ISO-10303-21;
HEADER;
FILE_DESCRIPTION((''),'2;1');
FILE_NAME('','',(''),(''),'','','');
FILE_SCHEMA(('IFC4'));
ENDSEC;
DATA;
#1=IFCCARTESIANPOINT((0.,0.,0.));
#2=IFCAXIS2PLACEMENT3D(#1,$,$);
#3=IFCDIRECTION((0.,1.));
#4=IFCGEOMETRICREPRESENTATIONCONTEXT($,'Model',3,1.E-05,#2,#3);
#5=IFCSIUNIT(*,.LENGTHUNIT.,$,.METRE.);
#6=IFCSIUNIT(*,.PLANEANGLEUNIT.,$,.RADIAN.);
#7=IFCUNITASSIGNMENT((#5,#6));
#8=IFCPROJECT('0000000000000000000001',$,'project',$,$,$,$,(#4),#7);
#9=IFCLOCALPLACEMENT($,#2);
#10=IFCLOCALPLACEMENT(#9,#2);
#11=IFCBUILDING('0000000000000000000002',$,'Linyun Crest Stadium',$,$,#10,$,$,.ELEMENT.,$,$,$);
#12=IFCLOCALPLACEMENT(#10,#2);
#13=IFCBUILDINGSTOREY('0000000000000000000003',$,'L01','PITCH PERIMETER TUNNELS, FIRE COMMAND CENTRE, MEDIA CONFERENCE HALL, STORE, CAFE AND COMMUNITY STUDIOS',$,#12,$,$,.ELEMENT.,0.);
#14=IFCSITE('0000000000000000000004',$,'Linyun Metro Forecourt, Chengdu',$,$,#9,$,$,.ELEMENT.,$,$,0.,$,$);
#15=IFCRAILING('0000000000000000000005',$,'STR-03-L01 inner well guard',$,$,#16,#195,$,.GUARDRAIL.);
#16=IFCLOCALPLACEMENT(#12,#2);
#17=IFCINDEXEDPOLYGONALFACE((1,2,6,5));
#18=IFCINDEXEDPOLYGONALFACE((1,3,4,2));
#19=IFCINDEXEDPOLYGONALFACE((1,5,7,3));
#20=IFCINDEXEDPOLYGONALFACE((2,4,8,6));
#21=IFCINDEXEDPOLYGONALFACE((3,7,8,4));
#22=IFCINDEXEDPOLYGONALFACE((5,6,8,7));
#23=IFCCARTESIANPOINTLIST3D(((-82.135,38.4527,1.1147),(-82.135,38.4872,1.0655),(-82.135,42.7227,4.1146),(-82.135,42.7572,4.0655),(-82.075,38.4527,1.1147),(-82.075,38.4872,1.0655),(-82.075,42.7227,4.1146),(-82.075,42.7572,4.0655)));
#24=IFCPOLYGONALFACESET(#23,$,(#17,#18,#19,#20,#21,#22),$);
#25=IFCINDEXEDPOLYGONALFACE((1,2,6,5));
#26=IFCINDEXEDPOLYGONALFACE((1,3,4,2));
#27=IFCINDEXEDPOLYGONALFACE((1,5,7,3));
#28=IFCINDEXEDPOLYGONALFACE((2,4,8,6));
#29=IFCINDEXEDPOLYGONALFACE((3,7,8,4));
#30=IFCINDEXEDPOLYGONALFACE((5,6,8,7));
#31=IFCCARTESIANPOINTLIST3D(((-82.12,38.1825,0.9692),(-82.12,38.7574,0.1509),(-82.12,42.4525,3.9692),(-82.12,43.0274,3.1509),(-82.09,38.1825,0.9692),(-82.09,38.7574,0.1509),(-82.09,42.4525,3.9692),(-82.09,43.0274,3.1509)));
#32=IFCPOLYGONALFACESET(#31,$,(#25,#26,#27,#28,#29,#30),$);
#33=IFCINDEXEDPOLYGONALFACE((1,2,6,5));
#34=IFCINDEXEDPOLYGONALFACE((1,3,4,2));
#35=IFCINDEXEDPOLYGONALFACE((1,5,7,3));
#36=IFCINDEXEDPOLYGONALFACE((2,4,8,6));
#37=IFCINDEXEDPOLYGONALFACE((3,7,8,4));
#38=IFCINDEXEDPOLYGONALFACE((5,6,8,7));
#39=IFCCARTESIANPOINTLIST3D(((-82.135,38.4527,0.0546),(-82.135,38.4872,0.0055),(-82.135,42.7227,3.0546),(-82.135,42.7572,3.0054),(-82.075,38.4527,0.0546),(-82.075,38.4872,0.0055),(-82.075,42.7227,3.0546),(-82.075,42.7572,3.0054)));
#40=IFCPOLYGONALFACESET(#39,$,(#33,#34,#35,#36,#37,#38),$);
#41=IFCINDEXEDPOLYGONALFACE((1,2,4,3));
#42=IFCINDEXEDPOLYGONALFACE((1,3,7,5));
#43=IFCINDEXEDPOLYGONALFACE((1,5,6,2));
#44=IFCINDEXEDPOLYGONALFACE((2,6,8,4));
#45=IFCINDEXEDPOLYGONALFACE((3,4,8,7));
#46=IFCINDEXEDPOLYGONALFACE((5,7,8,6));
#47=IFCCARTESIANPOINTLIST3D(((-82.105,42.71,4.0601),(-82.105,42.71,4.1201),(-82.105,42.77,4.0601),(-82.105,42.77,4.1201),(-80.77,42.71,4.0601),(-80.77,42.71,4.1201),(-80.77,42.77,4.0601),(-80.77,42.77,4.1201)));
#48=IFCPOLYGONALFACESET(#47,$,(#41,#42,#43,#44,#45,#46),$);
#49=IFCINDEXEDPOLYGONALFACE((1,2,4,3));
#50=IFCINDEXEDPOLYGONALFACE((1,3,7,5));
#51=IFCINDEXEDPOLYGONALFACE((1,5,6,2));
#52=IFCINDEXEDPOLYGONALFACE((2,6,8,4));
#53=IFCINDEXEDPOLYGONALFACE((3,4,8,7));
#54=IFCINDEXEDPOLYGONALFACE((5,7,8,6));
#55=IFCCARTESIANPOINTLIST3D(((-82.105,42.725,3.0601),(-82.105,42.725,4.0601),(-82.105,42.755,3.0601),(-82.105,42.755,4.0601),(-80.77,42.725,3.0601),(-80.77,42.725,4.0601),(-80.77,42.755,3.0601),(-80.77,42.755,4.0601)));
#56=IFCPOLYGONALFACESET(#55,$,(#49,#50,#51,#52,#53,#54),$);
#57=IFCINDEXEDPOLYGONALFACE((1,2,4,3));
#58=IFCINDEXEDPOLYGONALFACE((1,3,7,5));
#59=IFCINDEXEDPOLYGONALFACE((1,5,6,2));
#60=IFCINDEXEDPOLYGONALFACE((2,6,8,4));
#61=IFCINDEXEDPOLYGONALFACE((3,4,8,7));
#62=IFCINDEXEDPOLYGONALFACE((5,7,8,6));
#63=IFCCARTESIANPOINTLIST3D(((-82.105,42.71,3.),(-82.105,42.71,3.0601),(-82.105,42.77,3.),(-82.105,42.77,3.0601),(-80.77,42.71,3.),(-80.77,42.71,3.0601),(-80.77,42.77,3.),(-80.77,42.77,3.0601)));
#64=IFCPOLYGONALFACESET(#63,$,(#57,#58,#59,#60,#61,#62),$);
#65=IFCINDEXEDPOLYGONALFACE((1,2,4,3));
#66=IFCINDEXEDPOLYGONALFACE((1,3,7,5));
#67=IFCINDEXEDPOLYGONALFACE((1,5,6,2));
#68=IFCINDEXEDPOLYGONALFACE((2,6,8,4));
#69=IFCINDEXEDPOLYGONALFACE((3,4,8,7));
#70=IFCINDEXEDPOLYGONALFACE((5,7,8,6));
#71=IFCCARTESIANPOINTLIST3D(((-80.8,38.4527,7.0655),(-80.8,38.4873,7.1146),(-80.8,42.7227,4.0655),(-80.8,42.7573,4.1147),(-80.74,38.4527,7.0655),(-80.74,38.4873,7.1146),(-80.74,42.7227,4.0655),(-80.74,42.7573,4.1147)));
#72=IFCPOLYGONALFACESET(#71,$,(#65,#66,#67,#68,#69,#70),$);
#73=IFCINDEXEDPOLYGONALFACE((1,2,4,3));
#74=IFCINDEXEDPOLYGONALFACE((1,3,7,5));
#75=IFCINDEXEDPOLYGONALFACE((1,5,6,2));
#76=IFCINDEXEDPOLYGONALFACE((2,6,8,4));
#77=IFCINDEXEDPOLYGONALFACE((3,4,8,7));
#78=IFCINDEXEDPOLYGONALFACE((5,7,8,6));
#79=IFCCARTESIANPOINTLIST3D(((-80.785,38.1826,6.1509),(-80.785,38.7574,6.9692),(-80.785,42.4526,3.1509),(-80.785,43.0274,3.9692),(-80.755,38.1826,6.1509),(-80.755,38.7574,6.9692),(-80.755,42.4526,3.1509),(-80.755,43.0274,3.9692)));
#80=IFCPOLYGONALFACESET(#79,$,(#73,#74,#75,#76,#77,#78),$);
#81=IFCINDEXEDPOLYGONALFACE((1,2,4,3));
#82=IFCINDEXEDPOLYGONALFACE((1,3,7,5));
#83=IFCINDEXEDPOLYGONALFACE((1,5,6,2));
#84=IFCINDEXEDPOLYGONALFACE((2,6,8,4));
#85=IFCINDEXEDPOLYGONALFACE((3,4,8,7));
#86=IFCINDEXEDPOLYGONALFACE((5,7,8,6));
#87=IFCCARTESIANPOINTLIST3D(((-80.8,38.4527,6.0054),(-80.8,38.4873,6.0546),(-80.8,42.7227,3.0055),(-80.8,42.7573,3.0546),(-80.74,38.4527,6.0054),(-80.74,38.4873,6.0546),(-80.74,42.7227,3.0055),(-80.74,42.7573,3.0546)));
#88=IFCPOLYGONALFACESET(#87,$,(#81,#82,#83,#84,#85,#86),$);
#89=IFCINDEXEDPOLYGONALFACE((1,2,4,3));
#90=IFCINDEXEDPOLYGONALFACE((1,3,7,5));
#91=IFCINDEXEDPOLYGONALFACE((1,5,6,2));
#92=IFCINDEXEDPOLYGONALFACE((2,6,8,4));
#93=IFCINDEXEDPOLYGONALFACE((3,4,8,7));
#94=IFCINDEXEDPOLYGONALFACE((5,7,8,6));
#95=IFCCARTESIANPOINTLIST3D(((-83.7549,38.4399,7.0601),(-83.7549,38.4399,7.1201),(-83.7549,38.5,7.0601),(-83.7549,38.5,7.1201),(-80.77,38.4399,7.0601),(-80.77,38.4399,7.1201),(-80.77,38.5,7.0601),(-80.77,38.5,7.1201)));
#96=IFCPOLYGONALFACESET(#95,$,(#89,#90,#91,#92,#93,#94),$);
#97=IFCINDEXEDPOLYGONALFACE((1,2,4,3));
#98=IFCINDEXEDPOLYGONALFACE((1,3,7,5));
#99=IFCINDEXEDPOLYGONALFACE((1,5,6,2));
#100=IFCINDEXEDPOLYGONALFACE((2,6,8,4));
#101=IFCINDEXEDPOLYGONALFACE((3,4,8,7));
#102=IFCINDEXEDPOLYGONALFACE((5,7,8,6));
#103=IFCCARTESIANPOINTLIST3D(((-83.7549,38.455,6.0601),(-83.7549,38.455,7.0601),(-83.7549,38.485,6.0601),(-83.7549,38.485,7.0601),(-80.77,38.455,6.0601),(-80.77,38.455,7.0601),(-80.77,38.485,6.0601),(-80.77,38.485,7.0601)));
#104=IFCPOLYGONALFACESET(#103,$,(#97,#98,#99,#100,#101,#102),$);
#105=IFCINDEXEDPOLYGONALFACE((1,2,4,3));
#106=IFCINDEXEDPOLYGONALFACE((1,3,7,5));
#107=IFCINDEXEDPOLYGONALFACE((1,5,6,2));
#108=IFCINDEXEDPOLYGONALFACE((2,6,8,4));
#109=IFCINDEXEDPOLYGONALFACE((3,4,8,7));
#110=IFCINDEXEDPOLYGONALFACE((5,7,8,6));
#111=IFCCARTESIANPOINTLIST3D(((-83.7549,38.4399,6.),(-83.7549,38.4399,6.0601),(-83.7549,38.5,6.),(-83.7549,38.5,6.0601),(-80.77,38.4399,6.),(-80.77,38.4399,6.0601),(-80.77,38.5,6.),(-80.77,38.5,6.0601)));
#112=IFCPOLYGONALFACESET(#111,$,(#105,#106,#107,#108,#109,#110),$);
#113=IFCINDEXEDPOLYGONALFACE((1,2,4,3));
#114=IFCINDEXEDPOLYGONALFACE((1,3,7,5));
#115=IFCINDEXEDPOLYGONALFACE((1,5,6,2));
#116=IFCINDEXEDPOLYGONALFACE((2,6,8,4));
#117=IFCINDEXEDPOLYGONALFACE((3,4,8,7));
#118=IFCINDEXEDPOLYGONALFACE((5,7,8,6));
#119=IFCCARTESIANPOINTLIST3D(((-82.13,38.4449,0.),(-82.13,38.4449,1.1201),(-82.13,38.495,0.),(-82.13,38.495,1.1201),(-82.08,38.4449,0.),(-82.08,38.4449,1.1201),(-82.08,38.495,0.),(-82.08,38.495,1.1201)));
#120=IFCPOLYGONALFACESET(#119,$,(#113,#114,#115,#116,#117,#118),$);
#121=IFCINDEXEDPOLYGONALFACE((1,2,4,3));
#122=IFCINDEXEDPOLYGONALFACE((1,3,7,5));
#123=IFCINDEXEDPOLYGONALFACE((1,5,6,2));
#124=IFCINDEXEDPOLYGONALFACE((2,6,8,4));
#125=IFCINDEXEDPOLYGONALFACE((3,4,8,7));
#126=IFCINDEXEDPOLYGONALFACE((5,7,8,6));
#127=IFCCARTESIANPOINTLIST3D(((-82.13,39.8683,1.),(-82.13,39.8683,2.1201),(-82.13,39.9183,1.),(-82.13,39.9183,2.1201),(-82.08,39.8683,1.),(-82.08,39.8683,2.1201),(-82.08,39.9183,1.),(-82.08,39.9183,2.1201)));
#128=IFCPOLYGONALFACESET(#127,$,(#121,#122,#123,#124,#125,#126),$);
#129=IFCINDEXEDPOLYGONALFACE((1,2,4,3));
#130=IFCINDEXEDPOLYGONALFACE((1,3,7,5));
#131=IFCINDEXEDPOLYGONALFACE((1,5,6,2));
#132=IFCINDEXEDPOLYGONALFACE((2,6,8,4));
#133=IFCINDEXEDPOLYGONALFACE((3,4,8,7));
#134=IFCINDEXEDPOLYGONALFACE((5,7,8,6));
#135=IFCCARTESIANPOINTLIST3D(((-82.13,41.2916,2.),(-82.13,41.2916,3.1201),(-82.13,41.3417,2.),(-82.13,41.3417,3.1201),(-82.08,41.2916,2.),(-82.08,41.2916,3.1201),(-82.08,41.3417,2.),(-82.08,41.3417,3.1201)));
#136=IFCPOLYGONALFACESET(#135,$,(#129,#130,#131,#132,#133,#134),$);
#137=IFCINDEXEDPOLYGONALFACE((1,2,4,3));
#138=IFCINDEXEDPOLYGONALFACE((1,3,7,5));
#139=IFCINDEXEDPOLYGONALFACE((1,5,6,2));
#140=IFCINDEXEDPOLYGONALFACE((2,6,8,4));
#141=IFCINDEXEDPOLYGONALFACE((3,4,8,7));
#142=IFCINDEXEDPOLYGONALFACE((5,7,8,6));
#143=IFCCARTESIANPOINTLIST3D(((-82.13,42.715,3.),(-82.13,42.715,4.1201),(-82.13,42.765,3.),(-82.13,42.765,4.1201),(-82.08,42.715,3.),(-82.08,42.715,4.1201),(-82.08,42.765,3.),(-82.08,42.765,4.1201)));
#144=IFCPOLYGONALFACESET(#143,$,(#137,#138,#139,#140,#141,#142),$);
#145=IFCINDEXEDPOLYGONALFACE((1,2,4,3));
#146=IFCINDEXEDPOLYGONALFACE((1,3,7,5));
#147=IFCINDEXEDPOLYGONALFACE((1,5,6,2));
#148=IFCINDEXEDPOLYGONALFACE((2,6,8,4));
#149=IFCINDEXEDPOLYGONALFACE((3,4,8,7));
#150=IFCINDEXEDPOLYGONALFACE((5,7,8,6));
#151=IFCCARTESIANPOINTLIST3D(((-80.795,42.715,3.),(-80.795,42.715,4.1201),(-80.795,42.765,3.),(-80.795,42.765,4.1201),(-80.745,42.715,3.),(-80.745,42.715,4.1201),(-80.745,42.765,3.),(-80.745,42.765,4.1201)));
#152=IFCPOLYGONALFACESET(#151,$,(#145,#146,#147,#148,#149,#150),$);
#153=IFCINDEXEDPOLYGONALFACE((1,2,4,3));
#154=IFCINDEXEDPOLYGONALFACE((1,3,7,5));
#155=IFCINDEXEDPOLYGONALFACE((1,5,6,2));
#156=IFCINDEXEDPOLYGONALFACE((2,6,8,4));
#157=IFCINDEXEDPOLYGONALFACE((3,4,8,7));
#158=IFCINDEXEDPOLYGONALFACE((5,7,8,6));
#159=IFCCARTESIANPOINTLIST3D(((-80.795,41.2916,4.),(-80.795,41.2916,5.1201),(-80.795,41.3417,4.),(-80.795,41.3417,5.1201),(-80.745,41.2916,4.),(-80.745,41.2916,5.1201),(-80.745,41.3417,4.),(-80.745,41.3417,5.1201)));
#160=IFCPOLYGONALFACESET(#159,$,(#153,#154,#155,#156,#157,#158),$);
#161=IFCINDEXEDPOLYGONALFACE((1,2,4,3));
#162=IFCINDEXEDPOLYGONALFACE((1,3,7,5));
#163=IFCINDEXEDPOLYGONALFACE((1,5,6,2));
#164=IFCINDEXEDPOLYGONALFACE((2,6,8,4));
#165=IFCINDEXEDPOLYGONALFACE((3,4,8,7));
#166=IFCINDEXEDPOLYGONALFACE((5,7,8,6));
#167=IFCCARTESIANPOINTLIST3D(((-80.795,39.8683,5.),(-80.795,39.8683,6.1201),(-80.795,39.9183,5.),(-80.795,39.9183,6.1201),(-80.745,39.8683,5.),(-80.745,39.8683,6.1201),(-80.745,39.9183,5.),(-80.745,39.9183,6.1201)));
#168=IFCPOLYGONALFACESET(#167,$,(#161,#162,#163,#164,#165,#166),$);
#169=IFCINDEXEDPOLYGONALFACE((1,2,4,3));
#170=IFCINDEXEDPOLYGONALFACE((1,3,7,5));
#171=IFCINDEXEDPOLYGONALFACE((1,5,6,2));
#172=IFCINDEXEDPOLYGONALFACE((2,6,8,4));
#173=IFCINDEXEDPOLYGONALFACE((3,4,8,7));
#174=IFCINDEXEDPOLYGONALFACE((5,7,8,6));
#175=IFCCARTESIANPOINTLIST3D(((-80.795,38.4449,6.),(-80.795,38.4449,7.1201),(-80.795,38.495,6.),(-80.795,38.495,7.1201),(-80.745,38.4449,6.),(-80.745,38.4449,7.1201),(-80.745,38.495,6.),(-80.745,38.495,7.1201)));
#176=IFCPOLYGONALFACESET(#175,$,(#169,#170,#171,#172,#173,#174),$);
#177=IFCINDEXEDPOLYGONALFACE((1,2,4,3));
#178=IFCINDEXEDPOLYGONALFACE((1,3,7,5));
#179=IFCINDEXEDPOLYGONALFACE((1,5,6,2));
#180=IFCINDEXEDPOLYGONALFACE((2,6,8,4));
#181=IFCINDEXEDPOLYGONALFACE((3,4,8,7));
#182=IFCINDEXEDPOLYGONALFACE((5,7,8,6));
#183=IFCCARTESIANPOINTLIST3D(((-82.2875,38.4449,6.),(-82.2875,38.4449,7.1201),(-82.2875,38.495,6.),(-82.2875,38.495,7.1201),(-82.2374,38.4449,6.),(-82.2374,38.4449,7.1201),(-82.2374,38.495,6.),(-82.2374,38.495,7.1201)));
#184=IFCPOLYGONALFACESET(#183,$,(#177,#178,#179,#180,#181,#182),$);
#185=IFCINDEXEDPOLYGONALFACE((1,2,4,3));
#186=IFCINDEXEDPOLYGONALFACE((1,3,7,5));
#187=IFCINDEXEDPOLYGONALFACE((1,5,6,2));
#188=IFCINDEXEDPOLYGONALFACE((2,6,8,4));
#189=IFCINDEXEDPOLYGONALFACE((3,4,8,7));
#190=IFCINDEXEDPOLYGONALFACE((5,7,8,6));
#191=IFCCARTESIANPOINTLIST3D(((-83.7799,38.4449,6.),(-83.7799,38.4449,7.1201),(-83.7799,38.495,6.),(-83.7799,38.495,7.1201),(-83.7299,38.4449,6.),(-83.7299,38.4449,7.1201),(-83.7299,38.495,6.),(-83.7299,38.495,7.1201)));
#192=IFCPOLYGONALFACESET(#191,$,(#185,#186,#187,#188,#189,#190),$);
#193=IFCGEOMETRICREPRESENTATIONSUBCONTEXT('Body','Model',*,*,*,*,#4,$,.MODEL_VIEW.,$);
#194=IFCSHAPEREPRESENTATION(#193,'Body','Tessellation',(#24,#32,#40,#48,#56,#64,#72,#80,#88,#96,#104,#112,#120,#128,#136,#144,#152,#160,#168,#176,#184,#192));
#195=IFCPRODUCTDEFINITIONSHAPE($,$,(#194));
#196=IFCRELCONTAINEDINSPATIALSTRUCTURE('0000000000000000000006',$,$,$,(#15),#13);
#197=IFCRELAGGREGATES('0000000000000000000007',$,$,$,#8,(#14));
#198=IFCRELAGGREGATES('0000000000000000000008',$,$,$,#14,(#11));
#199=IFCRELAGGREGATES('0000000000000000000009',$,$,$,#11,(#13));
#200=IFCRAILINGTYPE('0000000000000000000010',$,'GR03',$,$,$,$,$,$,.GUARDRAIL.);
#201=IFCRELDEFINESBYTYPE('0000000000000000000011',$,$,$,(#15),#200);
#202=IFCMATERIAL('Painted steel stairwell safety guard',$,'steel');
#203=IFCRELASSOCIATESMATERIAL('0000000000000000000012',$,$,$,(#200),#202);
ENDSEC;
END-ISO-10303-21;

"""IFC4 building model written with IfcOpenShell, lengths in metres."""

from ifc_helpers import new_model, si_unit, direction, frame, origin, origin_2d, place, context, subcontext, project, spatial, rectangle, extrude, material, type_object, element, save


model = new_model("IFC4")

# Units and contexts
model_context = context("Model", 3, precision=1e-05, world=origin(), true_north=direction((0.0, 1.0)))
body_context = subcontext(model_context, "Body", "Model", "MODEL_VIEW")
ifc_project = project(units=[si_unit("LENGTHUNIT", "METRE"), si_unit("PLANEANGLEUNIT", "RADIAN")], contexts=[model_context])

# Site, building, storey
site_placement = place(None, origin())
site = spatial("IfcSite", under=ifc_project, at=site_placement, Name="Linyun Metro Forecourt, Chengdu", CompositionType="ELEMENT", RefElevation=0.0)
building_placement = place(site_placement, origin())
building = spatial("IfcBuilding", under=site, at=building_placement, Name="Linyun Crest Stadium", CompositionType="ELEMENT")
storey_placement = place(building_placement, origin())
storey = spatial("IfcBuildingStorey", under=building, at=storey_placement, Name="L01", Description="PITCH PERIMETER TUNNELS, FIRE COMMAND CENTRE, MEDIA CONFERENCE HALL, STORE, CAFE AND COMMUNITY STUDIOS", CompositionType="ELEMENT", Elevation=0.0)

# Railing
ifc_material_1 = material(Name="Painted steel stairwell safety guard", Category="steel")
railing_type_1 = type_object("IfcRailingType", Name="GR03", PredefinedType="GUARDRAIL", material=ifc_material_1)
railing_1_placement = place(storey_placement, frame((-82.105, 38.47, 0.0)))
element("IfcRailing", 1, at=railing_1_placement, inside=storey, type_object=railing_type_1, Name="STR-03-L01 inner well guard", PredefinedType="GUARDRAIL", context=body_context, shape_type="SweptSolid", body=[
    extrude(rectangle(XDim=0.0601, YDim=0.0601, at=origin_2d()), frame((0.0, 0.0, 1.0901), z_axis=(0.0, 0.818242, 0.574874), x_axis=(-1.0, 0.0, 0.0)), (0.0, 0.0, 1.0), 5.2185),
    extrude(rectangle(XDim=0.03, YDim=1.0, at=origin_2d()), frame((0.0, 0.0, 0.5601), z_axis=(0.0, 0.818242, 0.574874), x_axis=(-1.0, 0.0, 0.0)), (0.0, 0.0, 1.0), 5.2185),
    extrude(rectangle(XDim=0.0601, YDim=0.0601, at=origin_2d()), frame((0.0, 0.0, 0.03), z_axis=(0.0, 0.818242, 0.574874), x_axis=(-1.0, 0.0, 0.0)), (0.0, 0.0, 1.0), 5.2185),
    extrude(rectangle(XDim=0.0601, YDim=0.0601, at=origin_2d()), frame((0.0, 4.27, 4.0901), z_axis=(1.0, 0.0, 0.0), x_axis=(0.0, 1.0, 0.0)), (0.0, 0.0, 1.0), 1.335),
    extrude(rectangle(XDim=0.03, YDim=1.0, at=origin_2d()), frame((0.0, 4.27, 3.5601), z_axis=(1.0, 0.0, 0.0), x_axis=(0.0, 1.0, 0.0)), (0.0, 0.0, 1.0), 1.335),
    extrude(rectangle(XDim=0.0601, YDim=0.0601, at=origin_2d()), frame((0.0, 4.27, 3.03), z_axis=(1.0, 0.0, 0.0), x_axis=(0.0, 1.0, 0.0)), (0.0, 0.0, 1.0), 1.335),
    extrude(rectangle(XDim=0.0601, YDim=0.0601, at=origin_2d()), frame((1.335, 4.27, 4.0901), z_axis=(0.0, -0.818242, 0.574874), x_axis=(1.0, 0.0, 0.0)), (0.0, 0.0, 1.0), 5.2185),
    extrude(rectangle(XDim=0.03, YDim=1.0, at=origin_2d()), frame((1.335, 4.27, 3.5601), z_axis=(0.0, -0.818242, 0.574874), x_axis=(1.0, 0.0, 0.0)), (0.0, 0.0, 1.0), 5.2185),
    extrude(rectangle(XDim=0.0601, YDim=0.0601, at=origin_2d()), frame((1.335, 4.27, 3.03), z_axis=(0.0, -0.818242, 0.574874), x_axis=(1.0, 0.0, 0.0)), (0.0, 0.0, 1.0), 5.2185),
    extrude(rectangle(XDim=0.0601, YDim=0.0601, at=origin_2d()), frame((1.335, 0.0, 7.0901), z_axis=(-1.0, 0.0, 0.0), x_axis=(0.0, -1.0, 0.0)), (0.0, 0.0, 1.0), 2.9849),
    extrude(rectangle(XDim=0.03, YDim=1.0, at=origin_2d()), frame((1.335, 0.0, 6.5601), z_axis=(-1.0, 0.0, 0.0), x_axis=(0.0, -1.0, 0.0)), (0.0, 0.0, 1.0), 2.9849),
    extrude(rectangle(XDim=0.0601, YDim=0.0601, at=origin_2d()), frame((1.335, 0.0, 6.03), z_axis=(-1.0, 0.0, 0.0), x_axis=(0.0, -1.0, 0.0)), (0.0, 0.0, 1.0), 2.9849),
    extrude(rectangle(XDim=0.05, YDim=0.05, at=origin_2d()), origin(), (0.0, 0.0, 1.0), 1.1201),
    extrude(rectangle(XDim=0.05, YDim=0.05, at=origin_2d()), frame((0.0, 1.4233, 1.0)), (0.0, 0.0, 1.0), 1.1201),
    extrude(rectangle(XDim=0.05, YDim=0.05, at=origin_2d()), frame((0.0, 2.8467, 2.0)), (0.0, 0.0, 1.0), 1.1201),
    extrude(rectangle(XDim=0.05, YDim=0.05, at=origin_2d()), frame((0.0, 4.27, 3.0)), (0.0, 0.0, 1.0), 1.1201),
    extrude(rectangle(XDim=0.05, YDim=0.05, at=origin_2d()), frame((1.335, 4.27, 3.0)), (0.0, 0.0, 1.0), 1.1201),
    extrude(rectangle(XDim=0.05, YDim=0.05, at=origin_2d()), frame((1.335, 2.8467, 4.0)), (0.0, 0.0, 1.0), 1.1201),
    extrude(rectangle(XDim=0.05, YDim=0.05, at=origin_2d()), frame((1.335, 1.4233, 5.0)), (0.0, 0.0, 1.0), 1.1201),
    extrude(rectangle(XDim=0.05, YDim=0.05, at=origin_2d()), frame((1.335, 0.0, 6.0)), (0.0, 0.0, 1.0), 1.1201),
    extrude(rectangle(XDim=0.05, YDim=0.05, at=origin_2d()), frame((-0.1575, 0.0, 6.0)), (0.0, 0.0, 1.0), 1.1201),
    extrude(rectangle(XDim=0.05, YDim=0.05, at=origin_2d()), frame((-1.6499, 0.0, 6.0)), (0.0, 0.0, 1.0), 1.1201),
])

save(model, "model.ifc")
